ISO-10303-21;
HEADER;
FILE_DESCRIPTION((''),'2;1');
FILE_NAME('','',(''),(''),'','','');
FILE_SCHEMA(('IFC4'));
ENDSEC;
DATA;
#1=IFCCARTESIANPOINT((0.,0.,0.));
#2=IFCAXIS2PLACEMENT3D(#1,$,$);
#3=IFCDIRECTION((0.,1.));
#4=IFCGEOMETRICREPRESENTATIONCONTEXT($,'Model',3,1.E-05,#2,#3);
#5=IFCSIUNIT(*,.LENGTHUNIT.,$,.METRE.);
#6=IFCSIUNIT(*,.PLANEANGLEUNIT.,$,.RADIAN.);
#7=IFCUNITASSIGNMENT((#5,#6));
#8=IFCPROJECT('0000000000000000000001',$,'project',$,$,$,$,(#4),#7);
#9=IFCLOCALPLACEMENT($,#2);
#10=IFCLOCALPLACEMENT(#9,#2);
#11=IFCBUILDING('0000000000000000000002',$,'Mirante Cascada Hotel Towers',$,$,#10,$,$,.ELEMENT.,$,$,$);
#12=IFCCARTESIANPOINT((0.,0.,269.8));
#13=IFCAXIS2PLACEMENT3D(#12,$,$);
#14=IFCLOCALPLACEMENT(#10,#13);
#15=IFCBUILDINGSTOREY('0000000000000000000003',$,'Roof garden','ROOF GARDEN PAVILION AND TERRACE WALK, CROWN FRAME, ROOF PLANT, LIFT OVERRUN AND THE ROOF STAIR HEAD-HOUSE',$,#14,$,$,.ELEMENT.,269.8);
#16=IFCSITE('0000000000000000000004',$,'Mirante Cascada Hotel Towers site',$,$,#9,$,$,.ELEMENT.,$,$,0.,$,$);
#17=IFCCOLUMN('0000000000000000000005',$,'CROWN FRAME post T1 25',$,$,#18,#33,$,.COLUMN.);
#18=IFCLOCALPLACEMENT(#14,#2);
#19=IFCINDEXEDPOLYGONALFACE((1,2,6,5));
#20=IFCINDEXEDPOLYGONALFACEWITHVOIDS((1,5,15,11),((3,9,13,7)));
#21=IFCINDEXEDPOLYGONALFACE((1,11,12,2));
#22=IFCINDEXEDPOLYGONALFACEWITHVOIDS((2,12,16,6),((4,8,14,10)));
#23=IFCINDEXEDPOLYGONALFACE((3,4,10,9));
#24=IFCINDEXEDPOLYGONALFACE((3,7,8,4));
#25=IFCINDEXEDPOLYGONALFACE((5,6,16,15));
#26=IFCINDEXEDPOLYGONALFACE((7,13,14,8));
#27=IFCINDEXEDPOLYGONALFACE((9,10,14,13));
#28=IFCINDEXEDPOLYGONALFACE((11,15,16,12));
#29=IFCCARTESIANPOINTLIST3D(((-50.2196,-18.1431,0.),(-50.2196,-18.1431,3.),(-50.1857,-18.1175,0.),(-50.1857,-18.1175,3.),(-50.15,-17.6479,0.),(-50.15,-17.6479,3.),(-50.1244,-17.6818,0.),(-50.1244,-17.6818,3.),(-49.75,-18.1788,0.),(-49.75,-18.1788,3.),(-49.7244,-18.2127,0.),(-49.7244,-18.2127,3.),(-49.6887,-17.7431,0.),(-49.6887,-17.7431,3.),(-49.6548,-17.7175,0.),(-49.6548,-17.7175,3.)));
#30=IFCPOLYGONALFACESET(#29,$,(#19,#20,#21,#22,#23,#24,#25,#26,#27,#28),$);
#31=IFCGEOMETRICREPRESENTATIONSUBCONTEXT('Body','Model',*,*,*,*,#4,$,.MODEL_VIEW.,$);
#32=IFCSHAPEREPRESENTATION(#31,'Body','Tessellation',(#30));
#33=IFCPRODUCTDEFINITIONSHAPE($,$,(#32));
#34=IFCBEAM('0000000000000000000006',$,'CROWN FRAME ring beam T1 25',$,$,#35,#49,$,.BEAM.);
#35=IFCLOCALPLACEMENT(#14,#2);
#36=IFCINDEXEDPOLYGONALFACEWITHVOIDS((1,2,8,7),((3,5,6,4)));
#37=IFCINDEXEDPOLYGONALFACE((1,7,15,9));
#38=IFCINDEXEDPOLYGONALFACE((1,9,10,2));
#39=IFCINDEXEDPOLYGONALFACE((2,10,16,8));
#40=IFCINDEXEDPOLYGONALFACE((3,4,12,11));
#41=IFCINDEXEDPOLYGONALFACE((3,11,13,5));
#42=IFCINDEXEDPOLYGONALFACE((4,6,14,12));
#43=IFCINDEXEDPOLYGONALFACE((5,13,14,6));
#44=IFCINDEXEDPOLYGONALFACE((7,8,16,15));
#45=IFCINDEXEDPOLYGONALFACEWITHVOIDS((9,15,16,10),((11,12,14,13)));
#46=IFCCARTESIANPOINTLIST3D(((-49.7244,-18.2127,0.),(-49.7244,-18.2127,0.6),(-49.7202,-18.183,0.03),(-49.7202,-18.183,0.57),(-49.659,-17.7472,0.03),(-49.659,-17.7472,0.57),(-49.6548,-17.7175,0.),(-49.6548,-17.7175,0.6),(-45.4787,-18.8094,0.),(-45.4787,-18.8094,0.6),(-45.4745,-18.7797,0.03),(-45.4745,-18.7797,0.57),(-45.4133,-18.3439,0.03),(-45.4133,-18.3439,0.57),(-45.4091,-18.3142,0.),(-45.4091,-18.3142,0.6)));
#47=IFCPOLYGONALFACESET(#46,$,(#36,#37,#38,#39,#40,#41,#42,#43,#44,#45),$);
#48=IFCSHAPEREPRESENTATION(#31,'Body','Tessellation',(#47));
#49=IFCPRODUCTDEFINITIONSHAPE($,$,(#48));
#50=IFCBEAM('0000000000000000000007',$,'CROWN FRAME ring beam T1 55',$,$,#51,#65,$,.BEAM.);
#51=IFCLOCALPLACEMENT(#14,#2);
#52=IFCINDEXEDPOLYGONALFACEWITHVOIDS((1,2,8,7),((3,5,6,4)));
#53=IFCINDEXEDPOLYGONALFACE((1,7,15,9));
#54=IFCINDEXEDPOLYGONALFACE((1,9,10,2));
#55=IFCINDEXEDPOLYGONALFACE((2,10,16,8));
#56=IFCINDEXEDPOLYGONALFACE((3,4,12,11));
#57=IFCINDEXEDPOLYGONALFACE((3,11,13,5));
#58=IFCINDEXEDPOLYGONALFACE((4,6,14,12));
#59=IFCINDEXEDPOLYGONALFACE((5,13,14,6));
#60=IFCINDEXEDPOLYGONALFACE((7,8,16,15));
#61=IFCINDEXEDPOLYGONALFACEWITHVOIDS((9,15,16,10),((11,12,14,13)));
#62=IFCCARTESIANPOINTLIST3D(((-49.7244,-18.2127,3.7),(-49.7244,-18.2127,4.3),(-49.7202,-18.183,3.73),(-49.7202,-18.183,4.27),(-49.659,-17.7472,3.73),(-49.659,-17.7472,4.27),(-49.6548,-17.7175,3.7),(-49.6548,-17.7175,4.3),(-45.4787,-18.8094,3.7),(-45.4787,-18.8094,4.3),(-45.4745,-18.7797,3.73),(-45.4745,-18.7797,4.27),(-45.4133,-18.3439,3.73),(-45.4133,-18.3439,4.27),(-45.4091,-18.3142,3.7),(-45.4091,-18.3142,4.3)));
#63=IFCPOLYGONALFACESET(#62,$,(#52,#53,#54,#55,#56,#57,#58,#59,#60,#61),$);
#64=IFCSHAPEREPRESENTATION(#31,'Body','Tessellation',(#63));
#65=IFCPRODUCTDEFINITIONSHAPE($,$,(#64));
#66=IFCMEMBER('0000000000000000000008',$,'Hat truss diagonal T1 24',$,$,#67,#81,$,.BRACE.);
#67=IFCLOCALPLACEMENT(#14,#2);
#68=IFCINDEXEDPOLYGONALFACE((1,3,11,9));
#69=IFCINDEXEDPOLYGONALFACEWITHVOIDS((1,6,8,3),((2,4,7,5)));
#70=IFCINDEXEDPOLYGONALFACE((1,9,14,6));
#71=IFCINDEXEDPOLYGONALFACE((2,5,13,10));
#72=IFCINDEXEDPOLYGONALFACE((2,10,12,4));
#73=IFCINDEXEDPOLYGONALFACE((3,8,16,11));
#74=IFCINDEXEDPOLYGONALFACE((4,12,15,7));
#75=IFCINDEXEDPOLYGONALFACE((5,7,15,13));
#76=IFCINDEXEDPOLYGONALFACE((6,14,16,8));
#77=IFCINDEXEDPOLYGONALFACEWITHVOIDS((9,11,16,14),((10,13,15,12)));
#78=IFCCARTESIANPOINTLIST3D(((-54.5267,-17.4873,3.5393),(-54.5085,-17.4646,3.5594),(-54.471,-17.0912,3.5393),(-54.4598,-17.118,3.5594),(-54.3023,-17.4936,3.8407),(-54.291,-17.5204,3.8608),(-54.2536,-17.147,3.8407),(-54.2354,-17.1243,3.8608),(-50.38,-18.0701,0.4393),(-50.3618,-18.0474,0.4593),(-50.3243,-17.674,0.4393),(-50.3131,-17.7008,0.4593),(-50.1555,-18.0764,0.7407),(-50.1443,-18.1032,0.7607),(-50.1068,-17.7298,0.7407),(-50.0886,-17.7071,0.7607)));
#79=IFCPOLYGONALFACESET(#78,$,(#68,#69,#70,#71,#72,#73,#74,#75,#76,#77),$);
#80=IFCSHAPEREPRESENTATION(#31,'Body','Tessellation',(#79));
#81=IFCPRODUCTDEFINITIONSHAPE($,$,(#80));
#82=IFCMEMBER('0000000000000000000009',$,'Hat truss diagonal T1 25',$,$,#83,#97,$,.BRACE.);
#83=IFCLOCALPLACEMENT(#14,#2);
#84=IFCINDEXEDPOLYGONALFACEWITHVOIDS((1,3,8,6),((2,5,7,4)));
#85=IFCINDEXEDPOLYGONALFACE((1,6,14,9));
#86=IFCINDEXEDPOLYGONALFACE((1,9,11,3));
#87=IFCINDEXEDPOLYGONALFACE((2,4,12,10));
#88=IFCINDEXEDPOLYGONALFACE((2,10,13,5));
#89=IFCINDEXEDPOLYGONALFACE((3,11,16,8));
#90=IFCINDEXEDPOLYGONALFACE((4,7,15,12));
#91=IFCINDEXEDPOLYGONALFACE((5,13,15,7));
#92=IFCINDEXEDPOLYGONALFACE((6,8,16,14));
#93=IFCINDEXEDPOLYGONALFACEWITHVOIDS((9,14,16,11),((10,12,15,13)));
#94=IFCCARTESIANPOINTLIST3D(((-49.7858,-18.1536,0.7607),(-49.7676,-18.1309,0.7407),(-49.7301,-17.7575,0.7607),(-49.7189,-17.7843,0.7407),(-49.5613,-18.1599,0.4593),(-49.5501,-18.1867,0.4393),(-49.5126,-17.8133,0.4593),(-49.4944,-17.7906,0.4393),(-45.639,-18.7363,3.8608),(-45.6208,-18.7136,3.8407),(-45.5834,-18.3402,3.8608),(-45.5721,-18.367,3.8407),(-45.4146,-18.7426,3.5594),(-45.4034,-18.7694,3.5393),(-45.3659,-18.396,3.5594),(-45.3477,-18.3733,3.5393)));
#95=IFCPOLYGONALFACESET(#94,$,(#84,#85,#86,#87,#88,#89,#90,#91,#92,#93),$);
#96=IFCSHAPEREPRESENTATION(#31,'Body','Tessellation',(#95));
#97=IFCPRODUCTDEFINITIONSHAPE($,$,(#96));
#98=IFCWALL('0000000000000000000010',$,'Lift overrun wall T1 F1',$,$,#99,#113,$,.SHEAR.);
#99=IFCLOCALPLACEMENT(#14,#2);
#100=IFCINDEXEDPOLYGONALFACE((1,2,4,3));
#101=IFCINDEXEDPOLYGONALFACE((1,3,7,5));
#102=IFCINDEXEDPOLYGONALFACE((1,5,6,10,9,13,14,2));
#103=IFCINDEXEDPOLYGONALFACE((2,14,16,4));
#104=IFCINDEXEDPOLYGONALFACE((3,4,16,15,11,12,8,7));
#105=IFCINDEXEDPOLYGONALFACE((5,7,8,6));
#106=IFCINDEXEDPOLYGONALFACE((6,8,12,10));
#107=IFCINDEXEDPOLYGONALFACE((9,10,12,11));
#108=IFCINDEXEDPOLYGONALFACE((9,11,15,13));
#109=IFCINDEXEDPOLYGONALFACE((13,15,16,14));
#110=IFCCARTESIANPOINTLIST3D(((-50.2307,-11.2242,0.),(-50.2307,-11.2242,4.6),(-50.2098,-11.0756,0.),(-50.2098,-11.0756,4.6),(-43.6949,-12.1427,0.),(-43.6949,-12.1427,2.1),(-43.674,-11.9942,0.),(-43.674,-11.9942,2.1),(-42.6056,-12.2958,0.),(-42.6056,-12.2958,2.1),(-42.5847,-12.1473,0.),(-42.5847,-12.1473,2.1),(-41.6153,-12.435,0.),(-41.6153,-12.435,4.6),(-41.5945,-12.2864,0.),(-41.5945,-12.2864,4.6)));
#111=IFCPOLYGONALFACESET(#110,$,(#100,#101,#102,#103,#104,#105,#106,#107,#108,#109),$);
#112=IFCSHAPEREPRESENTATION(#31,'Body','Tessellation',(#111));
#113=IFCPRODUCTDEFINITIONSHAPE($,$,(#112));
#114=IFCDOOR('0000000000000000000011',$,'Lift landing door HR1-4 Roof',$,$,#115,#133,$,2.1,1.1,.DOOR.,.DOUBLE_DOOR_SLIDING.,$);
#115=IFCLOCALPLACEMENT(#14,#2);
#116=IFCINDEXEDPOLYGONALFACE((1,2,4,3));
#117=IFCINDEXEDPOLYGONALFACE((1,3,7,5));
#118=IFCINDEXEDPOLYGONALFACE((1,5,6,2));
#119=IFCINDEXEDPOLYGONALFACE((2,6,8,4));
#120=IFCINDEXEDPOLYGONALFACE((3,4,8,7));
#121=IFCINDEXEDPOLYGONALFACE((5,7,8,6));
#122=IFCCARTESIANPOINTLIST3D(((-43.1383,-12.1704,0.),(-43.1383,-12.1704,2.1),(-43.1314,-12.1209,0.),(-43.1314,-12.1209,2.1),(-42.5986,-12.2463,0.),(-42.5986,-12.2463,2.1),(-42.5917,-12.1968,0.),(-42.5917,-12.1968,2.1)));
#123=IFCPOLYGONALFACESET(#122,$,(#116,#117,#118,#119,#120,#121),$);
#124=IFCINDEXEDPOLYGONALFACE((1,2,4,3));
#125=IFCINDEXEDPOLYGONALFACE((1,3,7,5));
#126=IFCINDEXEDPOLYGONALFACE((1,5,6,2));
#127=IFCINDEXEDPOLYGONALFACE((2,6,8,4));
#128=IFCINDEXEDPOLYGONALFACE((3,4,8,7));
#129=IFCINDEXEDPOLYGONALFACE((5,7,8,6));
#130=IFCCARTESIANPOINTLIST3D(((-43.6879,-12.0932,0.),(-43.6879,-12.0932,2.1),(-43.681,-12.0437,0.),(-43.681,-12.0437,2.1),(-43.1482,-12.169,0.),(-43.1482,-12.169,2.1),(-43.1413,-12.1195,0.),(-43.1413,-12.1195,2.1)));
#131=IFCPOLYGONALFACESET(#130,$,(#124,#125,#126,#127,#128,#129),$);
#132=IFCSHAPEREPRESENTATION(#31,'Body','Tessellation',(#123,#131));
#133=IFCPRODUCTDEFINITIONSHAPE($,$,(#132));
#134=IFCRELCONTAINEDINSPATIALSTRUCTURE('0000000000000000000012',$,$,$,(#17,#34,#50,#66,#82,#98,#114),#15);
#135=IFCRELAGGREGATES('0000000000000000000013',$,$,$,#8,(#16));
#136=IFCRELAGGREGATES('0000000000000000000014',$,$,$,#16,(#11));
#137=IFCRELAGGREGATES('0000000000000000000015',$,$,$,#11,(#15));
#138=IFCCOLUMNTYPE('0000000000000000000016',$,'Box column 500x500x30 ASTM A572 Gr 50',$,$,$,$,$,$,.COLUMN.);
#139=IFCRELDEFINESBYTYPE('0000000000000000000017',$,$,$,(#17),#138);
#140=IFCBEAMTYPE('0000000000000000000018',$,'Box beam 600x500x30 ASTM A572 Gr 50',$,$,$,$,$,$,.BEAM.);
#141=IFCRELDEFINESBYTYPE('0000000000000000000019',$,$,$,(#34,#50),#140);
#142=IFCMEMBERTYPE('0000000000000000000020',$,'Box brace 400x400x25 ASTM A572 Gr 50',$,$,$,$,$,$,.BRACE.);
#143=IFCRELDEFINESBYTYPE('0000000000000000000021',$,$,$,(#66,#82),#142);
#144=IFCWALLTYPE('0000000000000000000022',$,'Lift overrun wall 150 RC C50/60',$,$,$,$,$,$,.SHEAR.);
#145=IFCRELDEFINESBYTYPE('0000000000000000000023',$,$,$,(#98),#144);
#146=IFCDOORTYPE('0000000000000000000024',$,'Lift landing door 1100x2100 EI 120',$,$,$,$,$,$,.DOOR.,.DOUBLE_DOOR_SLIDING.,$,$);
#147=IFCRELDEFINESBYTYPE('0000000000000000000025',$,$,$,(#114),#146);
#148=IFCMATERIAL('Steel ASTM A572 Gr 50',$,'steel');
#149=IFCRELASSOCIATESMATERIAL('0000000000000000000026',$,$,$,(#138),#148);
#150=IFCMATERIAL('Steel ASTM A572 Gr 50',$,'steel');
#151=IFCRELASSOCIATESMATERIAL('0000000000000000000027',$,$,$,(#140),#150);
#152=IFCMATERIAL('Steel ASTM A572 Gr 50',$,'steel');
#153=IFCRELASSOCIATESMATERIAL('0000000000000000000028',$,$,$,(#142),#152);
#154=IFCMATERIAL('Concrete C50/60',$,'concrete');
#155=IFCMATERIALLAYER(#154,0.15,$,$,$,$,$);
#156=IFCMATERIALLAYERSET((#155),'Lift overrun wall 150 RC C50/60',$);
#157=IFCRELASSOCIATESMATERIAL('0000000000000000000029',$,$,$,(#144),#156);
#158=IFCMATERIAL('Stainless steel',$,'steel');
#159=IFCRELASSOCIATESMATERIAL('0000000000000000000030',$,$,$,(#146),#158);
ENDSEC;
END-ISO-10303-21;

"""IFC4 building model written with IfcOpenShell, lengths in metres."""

from ifc_helpers import new_model, si_unit, direction, frame, frame_2d, origin, origin_2d, place, context, subcontext, project, spatial, rectangle, hollow_rectangle, extrude, material, layer, layer_set, material_profile, profile_set, type_object, element, fill, save


model = new_model("IFC4")

# Units and contexts
model_context = context("Model", 3, precision=1e-05, world=origin(), true_north=direction((0.0, 1.0)))
body_context = subcontext(model_context, "Body", "Model", "MODEL_VIEW")
ifc_project = project(units=[si_unit("LENGTHUNIT", "METRE"), si_unit("PLANEANGLEUNIT", "RADIAN")], contexts=[model_context])

# Site, building, storey
site_placement = place(None, origin())
site = spatial("IfcSite", under=ifc_project, at=site_placement, Name="Mirante Cascada Hotel Towers site", CompositionType="ELEMENT", RefElevation=0.0)
building_placement = place(site_placement, origin())
building = spatial("IfcBuilding", under=site, at=building_placement, Name="Mirante Cascada Hotel Towers", CompositionType="ELEMENT")
storey_placement = place(building_placement, frame((0.0, 0.0, 269.8)))
storey = spatial("IfcBuildingStorey", under=building, at=storey_placement, Name="Roof garden", Description="ROOF GARDEN PAVILION AND TERRACE WALK, CROWN FRAME, ROOF PLANT, LIFT OVERRUN AND THE ROOF STAIR HEAD-HOUSE", CompositionType="ELEMENT", Elevation=269.8)

# Column
ifc_material_1 = material(Name="Steel ASTM A572 Gr 50", Category="steel")
ifc_material_profile_1 = material_profile(ifc_material_1, hollow_rectangle(XDim=0.5, YDim=0.5, WallThickness=0.03, at=origin_2d()), Name="Box column 500x500x30 ASTM A572 Gr 50")
ifc_profile_set_1 = profile_set([ifc_material_profile_1], Name="Steel ASTM A572 Gr 50")
column_type = type_object("IfcColumnType", Name="Box column 500x500x30 ASTM A572 Gr 50", PredefinedType="COLUMN", material=ifc_profile_set_1)
column_placement = place(storey_placement, frame((-49.9372, -17.9303, 0.0), z_axis=(0.0, 0.0, 1.0), x_axis=(-0.990268, 0.139173, 0.0)))
element("IfcColumn", 1, at=column_placement, inside=storey, type_object=column_type, Name="CROWN FRAME post T1 25", PredefinedType="COLUMN", context=body_context, shape_type="SweptSolid", body=[
    extrude(hollow_rectangle(XDim=0.5, YDim=0.5, WallThickness=0.03, at=origin_2d()), origin(), (0.0, 0.0, 1.0), 3.0),
])

# Beams
ifc_material_2 = material(Name="Steel ASTM A572 Gr 50", Category="steel")
ifc_material_profile_2 = material_profile(ifc_material_2, hollow_rectangle(XDim=0.5, YDim=0.6, WallThickness=0.03, at=origin_2d()), Name="Box beam 600x500x30 ASTM A572 Gr 50")
ifc_profile_set_2 = profile_set([ifc_material_profile_2], Name="Steel ASTM A572 Gr 50")
beam_type = type_object("IfcBeamType", Name="Box beam 600x500x30 ASTM A572 Gr 50", PredefinedType="BEAM", material=ifc_profile_set_2)
for number, where, z_axis, x_axis, name in (
    (2, (-49.6896, -17.9651, 0.3), (0.990268, -0.139174, 0.0), (0.139174, 0.990268, 0.0), "CROWN FRAME ring beam T1 25"),
    (3, (-49.6896, -17.9651, 4.0), (0.990268, -0.139174, 0.0), (0.139174, 0.990268, 0.0), "CROWN FRAME ring beam T1 55"),
):
    element("IfcBeam", number, at=place(storey_placement, frame(where, z_axis=z_axis, x_axis=x_axis)), inside=storey, type_object=beam_type, Name=name, PredefinedType="BEAM", context=body_context, shape_type="SweptSolid", body=[
        extrude(hollow_rectangle(XDim=0.5, YDim=0.6, WallThickness=0.03, at=origin_2d()), origin(), (0.0, 0.0, 1.0), 4.2874),
    ])

# Members
ifc_material_3 = material(Name="Steel ASTM A572 Gr 50", Category="steel")
ifc_material_profile_3 = material_profile(ifc_material_3, hollow_rectangle(XDim=0.4, YDim=0.4, WallThickness=0.025, at=origin_2d()), Name="Box brace 400x400x25 ASTM A572 Gr 50")
ifc_profile_set_3 = profile_set([ifc_material_profile_3], Name="Steel ASTM A572 Gr 50")
member_type = type_object("IfcMemberType", Name="Box brace 400x400x25 ASTM A572 Gr 50", PredefinedType="BRACE", material=ifc_profile_set_3)
for number, where, z_axis, x_axis, name in (
    (4, (-50.2343, -17.8886, 0.6), (-0.795902, 0.11186, 0.595002), (-0.139178, -0.990267, 0.0), "Hat truss diagonal T1 24"),
    (5, (-49.6401, -17.9721, 0.6), (0.795903, -0.111841, 0.595004), (0.139154, 0.990271, 0.0), "Hat truss diagonal T1 25"),
):
    element("IfcMember", number, at=place(storey_placement, frame(where, z_axis=z_axis, x_axis=x_axis)), inside=storey, type_object=member_type, Name=name, PredefinedType="BRACE", context=body_context, shape_type="SweptSolid", body=[
        extrude(hollow_rectangle(XDim=0.4, YDim=0.4, WallThickness=0.025, at=origin_2d()), origin(), (0.0, 0.0, 1.0), 5.2101),
    ])

# Wall, opening, door
ifc_material_4 = material(Name="Concrete C50/60", Category="concrete")
ifc_layer_1 = layer(ifc_material_4, 0.15)
ifc_layer_set_1 = layer_set([ifc_layer_1], Name="Lift overrun wall 150 RC C50/60")
wall_type_1 = type_object("IfcWallType", Name="Lift overrun wall 150 RC C50/60", PredefinedType="SHEAR", material=ifc_layer_set_1)
wall_1_placement = place(storey_placement, frame((-41.6049, -12.3607, 0.0), z_axis=(0.0, 0.0, 1.0), x_axis=(-0.990268, 0.139173, 0.0)))
wall_1 = element("IfcWall", 6, at=wall_1_placement, inside=storey, type_object=wall_type_1, Name="Lift overrun wall T1 F1", PredefinedType="SHEAR", context=body_context, shape_type="SweptSolid", body=[
    extrude(rectangle(XDim=8.7, YDim=0.15, at=frame_2d((4.35, 0.0))), origin(), (0.0, 0.0, 1.0), 4.6),
])
opening_1_placement = place(wall_1_placement, frame((1.0, 0.0, 0.0)))
opening_1 = element("IfcOpeningElement", 7, at=opening_1_placement, cuts=wall_1, PredefinedType="OPENING", context=body_context, shape_type="SweptSolid", body=[
    extrude(rectangle(XDim=1.1, YDim=2.1, at=frame_2d((0.55, 1.05))), frame((0.0, 0.075, 0.0), z_axis=(0.0, -1.0, 0.0), x_axis=(1.0, 0.0, 0.0)), (0.0, 0.0, 1.0), 0.15),
])
ifc_material_5 = material(Name="Stainless steel", Category="steel")
door_type = type_object("IfcDoorType", Name="Lift landing door 1100x2100 EI 120", OperationType="DOUBLE_DOOR_SLIDING", PredefinedType="DOOR", material=ifc_material_5)
door_1_placement = place(opening_1_placement, origin())
door_1 = element("IfcDoor", 8, at=door_1_placement, inside=storey, type_object=door_type, Name="Lift landing door HR1-4 Roof", OperationType="DOUBLE_DOOR_SLIDING", OverallHeight=2.1, OverallWidth=1.1, PredefinedType="DOOR", context=body_context, shape_type="SweptSolid", body=[
    extrude(rectangle(XDim=0.545, YDim=2.1, at=frame_2d((0.2725, 1.05))), frame((0.0, 0.025, 0.0), z_axis=(0.0, -1.0, 0.0), x_axis=(1.0, 0.0, 0.0)), (0.0, 0.0, 1.0), 0.05),
    extrude(rectangle(XDim=0.545, YDim=2.1, at=frame_2d((0.8275, 1.05))), frame((0.0, 0.025, 0.0), z_axis=(0.0, -1.0, 0.0), x_axis=(1.0, 0.0, 0.0)), (0.0, 0.0, 1.0), 0.05),
])
fill(opening_1, door_1)

save(model, "model.ifc")
